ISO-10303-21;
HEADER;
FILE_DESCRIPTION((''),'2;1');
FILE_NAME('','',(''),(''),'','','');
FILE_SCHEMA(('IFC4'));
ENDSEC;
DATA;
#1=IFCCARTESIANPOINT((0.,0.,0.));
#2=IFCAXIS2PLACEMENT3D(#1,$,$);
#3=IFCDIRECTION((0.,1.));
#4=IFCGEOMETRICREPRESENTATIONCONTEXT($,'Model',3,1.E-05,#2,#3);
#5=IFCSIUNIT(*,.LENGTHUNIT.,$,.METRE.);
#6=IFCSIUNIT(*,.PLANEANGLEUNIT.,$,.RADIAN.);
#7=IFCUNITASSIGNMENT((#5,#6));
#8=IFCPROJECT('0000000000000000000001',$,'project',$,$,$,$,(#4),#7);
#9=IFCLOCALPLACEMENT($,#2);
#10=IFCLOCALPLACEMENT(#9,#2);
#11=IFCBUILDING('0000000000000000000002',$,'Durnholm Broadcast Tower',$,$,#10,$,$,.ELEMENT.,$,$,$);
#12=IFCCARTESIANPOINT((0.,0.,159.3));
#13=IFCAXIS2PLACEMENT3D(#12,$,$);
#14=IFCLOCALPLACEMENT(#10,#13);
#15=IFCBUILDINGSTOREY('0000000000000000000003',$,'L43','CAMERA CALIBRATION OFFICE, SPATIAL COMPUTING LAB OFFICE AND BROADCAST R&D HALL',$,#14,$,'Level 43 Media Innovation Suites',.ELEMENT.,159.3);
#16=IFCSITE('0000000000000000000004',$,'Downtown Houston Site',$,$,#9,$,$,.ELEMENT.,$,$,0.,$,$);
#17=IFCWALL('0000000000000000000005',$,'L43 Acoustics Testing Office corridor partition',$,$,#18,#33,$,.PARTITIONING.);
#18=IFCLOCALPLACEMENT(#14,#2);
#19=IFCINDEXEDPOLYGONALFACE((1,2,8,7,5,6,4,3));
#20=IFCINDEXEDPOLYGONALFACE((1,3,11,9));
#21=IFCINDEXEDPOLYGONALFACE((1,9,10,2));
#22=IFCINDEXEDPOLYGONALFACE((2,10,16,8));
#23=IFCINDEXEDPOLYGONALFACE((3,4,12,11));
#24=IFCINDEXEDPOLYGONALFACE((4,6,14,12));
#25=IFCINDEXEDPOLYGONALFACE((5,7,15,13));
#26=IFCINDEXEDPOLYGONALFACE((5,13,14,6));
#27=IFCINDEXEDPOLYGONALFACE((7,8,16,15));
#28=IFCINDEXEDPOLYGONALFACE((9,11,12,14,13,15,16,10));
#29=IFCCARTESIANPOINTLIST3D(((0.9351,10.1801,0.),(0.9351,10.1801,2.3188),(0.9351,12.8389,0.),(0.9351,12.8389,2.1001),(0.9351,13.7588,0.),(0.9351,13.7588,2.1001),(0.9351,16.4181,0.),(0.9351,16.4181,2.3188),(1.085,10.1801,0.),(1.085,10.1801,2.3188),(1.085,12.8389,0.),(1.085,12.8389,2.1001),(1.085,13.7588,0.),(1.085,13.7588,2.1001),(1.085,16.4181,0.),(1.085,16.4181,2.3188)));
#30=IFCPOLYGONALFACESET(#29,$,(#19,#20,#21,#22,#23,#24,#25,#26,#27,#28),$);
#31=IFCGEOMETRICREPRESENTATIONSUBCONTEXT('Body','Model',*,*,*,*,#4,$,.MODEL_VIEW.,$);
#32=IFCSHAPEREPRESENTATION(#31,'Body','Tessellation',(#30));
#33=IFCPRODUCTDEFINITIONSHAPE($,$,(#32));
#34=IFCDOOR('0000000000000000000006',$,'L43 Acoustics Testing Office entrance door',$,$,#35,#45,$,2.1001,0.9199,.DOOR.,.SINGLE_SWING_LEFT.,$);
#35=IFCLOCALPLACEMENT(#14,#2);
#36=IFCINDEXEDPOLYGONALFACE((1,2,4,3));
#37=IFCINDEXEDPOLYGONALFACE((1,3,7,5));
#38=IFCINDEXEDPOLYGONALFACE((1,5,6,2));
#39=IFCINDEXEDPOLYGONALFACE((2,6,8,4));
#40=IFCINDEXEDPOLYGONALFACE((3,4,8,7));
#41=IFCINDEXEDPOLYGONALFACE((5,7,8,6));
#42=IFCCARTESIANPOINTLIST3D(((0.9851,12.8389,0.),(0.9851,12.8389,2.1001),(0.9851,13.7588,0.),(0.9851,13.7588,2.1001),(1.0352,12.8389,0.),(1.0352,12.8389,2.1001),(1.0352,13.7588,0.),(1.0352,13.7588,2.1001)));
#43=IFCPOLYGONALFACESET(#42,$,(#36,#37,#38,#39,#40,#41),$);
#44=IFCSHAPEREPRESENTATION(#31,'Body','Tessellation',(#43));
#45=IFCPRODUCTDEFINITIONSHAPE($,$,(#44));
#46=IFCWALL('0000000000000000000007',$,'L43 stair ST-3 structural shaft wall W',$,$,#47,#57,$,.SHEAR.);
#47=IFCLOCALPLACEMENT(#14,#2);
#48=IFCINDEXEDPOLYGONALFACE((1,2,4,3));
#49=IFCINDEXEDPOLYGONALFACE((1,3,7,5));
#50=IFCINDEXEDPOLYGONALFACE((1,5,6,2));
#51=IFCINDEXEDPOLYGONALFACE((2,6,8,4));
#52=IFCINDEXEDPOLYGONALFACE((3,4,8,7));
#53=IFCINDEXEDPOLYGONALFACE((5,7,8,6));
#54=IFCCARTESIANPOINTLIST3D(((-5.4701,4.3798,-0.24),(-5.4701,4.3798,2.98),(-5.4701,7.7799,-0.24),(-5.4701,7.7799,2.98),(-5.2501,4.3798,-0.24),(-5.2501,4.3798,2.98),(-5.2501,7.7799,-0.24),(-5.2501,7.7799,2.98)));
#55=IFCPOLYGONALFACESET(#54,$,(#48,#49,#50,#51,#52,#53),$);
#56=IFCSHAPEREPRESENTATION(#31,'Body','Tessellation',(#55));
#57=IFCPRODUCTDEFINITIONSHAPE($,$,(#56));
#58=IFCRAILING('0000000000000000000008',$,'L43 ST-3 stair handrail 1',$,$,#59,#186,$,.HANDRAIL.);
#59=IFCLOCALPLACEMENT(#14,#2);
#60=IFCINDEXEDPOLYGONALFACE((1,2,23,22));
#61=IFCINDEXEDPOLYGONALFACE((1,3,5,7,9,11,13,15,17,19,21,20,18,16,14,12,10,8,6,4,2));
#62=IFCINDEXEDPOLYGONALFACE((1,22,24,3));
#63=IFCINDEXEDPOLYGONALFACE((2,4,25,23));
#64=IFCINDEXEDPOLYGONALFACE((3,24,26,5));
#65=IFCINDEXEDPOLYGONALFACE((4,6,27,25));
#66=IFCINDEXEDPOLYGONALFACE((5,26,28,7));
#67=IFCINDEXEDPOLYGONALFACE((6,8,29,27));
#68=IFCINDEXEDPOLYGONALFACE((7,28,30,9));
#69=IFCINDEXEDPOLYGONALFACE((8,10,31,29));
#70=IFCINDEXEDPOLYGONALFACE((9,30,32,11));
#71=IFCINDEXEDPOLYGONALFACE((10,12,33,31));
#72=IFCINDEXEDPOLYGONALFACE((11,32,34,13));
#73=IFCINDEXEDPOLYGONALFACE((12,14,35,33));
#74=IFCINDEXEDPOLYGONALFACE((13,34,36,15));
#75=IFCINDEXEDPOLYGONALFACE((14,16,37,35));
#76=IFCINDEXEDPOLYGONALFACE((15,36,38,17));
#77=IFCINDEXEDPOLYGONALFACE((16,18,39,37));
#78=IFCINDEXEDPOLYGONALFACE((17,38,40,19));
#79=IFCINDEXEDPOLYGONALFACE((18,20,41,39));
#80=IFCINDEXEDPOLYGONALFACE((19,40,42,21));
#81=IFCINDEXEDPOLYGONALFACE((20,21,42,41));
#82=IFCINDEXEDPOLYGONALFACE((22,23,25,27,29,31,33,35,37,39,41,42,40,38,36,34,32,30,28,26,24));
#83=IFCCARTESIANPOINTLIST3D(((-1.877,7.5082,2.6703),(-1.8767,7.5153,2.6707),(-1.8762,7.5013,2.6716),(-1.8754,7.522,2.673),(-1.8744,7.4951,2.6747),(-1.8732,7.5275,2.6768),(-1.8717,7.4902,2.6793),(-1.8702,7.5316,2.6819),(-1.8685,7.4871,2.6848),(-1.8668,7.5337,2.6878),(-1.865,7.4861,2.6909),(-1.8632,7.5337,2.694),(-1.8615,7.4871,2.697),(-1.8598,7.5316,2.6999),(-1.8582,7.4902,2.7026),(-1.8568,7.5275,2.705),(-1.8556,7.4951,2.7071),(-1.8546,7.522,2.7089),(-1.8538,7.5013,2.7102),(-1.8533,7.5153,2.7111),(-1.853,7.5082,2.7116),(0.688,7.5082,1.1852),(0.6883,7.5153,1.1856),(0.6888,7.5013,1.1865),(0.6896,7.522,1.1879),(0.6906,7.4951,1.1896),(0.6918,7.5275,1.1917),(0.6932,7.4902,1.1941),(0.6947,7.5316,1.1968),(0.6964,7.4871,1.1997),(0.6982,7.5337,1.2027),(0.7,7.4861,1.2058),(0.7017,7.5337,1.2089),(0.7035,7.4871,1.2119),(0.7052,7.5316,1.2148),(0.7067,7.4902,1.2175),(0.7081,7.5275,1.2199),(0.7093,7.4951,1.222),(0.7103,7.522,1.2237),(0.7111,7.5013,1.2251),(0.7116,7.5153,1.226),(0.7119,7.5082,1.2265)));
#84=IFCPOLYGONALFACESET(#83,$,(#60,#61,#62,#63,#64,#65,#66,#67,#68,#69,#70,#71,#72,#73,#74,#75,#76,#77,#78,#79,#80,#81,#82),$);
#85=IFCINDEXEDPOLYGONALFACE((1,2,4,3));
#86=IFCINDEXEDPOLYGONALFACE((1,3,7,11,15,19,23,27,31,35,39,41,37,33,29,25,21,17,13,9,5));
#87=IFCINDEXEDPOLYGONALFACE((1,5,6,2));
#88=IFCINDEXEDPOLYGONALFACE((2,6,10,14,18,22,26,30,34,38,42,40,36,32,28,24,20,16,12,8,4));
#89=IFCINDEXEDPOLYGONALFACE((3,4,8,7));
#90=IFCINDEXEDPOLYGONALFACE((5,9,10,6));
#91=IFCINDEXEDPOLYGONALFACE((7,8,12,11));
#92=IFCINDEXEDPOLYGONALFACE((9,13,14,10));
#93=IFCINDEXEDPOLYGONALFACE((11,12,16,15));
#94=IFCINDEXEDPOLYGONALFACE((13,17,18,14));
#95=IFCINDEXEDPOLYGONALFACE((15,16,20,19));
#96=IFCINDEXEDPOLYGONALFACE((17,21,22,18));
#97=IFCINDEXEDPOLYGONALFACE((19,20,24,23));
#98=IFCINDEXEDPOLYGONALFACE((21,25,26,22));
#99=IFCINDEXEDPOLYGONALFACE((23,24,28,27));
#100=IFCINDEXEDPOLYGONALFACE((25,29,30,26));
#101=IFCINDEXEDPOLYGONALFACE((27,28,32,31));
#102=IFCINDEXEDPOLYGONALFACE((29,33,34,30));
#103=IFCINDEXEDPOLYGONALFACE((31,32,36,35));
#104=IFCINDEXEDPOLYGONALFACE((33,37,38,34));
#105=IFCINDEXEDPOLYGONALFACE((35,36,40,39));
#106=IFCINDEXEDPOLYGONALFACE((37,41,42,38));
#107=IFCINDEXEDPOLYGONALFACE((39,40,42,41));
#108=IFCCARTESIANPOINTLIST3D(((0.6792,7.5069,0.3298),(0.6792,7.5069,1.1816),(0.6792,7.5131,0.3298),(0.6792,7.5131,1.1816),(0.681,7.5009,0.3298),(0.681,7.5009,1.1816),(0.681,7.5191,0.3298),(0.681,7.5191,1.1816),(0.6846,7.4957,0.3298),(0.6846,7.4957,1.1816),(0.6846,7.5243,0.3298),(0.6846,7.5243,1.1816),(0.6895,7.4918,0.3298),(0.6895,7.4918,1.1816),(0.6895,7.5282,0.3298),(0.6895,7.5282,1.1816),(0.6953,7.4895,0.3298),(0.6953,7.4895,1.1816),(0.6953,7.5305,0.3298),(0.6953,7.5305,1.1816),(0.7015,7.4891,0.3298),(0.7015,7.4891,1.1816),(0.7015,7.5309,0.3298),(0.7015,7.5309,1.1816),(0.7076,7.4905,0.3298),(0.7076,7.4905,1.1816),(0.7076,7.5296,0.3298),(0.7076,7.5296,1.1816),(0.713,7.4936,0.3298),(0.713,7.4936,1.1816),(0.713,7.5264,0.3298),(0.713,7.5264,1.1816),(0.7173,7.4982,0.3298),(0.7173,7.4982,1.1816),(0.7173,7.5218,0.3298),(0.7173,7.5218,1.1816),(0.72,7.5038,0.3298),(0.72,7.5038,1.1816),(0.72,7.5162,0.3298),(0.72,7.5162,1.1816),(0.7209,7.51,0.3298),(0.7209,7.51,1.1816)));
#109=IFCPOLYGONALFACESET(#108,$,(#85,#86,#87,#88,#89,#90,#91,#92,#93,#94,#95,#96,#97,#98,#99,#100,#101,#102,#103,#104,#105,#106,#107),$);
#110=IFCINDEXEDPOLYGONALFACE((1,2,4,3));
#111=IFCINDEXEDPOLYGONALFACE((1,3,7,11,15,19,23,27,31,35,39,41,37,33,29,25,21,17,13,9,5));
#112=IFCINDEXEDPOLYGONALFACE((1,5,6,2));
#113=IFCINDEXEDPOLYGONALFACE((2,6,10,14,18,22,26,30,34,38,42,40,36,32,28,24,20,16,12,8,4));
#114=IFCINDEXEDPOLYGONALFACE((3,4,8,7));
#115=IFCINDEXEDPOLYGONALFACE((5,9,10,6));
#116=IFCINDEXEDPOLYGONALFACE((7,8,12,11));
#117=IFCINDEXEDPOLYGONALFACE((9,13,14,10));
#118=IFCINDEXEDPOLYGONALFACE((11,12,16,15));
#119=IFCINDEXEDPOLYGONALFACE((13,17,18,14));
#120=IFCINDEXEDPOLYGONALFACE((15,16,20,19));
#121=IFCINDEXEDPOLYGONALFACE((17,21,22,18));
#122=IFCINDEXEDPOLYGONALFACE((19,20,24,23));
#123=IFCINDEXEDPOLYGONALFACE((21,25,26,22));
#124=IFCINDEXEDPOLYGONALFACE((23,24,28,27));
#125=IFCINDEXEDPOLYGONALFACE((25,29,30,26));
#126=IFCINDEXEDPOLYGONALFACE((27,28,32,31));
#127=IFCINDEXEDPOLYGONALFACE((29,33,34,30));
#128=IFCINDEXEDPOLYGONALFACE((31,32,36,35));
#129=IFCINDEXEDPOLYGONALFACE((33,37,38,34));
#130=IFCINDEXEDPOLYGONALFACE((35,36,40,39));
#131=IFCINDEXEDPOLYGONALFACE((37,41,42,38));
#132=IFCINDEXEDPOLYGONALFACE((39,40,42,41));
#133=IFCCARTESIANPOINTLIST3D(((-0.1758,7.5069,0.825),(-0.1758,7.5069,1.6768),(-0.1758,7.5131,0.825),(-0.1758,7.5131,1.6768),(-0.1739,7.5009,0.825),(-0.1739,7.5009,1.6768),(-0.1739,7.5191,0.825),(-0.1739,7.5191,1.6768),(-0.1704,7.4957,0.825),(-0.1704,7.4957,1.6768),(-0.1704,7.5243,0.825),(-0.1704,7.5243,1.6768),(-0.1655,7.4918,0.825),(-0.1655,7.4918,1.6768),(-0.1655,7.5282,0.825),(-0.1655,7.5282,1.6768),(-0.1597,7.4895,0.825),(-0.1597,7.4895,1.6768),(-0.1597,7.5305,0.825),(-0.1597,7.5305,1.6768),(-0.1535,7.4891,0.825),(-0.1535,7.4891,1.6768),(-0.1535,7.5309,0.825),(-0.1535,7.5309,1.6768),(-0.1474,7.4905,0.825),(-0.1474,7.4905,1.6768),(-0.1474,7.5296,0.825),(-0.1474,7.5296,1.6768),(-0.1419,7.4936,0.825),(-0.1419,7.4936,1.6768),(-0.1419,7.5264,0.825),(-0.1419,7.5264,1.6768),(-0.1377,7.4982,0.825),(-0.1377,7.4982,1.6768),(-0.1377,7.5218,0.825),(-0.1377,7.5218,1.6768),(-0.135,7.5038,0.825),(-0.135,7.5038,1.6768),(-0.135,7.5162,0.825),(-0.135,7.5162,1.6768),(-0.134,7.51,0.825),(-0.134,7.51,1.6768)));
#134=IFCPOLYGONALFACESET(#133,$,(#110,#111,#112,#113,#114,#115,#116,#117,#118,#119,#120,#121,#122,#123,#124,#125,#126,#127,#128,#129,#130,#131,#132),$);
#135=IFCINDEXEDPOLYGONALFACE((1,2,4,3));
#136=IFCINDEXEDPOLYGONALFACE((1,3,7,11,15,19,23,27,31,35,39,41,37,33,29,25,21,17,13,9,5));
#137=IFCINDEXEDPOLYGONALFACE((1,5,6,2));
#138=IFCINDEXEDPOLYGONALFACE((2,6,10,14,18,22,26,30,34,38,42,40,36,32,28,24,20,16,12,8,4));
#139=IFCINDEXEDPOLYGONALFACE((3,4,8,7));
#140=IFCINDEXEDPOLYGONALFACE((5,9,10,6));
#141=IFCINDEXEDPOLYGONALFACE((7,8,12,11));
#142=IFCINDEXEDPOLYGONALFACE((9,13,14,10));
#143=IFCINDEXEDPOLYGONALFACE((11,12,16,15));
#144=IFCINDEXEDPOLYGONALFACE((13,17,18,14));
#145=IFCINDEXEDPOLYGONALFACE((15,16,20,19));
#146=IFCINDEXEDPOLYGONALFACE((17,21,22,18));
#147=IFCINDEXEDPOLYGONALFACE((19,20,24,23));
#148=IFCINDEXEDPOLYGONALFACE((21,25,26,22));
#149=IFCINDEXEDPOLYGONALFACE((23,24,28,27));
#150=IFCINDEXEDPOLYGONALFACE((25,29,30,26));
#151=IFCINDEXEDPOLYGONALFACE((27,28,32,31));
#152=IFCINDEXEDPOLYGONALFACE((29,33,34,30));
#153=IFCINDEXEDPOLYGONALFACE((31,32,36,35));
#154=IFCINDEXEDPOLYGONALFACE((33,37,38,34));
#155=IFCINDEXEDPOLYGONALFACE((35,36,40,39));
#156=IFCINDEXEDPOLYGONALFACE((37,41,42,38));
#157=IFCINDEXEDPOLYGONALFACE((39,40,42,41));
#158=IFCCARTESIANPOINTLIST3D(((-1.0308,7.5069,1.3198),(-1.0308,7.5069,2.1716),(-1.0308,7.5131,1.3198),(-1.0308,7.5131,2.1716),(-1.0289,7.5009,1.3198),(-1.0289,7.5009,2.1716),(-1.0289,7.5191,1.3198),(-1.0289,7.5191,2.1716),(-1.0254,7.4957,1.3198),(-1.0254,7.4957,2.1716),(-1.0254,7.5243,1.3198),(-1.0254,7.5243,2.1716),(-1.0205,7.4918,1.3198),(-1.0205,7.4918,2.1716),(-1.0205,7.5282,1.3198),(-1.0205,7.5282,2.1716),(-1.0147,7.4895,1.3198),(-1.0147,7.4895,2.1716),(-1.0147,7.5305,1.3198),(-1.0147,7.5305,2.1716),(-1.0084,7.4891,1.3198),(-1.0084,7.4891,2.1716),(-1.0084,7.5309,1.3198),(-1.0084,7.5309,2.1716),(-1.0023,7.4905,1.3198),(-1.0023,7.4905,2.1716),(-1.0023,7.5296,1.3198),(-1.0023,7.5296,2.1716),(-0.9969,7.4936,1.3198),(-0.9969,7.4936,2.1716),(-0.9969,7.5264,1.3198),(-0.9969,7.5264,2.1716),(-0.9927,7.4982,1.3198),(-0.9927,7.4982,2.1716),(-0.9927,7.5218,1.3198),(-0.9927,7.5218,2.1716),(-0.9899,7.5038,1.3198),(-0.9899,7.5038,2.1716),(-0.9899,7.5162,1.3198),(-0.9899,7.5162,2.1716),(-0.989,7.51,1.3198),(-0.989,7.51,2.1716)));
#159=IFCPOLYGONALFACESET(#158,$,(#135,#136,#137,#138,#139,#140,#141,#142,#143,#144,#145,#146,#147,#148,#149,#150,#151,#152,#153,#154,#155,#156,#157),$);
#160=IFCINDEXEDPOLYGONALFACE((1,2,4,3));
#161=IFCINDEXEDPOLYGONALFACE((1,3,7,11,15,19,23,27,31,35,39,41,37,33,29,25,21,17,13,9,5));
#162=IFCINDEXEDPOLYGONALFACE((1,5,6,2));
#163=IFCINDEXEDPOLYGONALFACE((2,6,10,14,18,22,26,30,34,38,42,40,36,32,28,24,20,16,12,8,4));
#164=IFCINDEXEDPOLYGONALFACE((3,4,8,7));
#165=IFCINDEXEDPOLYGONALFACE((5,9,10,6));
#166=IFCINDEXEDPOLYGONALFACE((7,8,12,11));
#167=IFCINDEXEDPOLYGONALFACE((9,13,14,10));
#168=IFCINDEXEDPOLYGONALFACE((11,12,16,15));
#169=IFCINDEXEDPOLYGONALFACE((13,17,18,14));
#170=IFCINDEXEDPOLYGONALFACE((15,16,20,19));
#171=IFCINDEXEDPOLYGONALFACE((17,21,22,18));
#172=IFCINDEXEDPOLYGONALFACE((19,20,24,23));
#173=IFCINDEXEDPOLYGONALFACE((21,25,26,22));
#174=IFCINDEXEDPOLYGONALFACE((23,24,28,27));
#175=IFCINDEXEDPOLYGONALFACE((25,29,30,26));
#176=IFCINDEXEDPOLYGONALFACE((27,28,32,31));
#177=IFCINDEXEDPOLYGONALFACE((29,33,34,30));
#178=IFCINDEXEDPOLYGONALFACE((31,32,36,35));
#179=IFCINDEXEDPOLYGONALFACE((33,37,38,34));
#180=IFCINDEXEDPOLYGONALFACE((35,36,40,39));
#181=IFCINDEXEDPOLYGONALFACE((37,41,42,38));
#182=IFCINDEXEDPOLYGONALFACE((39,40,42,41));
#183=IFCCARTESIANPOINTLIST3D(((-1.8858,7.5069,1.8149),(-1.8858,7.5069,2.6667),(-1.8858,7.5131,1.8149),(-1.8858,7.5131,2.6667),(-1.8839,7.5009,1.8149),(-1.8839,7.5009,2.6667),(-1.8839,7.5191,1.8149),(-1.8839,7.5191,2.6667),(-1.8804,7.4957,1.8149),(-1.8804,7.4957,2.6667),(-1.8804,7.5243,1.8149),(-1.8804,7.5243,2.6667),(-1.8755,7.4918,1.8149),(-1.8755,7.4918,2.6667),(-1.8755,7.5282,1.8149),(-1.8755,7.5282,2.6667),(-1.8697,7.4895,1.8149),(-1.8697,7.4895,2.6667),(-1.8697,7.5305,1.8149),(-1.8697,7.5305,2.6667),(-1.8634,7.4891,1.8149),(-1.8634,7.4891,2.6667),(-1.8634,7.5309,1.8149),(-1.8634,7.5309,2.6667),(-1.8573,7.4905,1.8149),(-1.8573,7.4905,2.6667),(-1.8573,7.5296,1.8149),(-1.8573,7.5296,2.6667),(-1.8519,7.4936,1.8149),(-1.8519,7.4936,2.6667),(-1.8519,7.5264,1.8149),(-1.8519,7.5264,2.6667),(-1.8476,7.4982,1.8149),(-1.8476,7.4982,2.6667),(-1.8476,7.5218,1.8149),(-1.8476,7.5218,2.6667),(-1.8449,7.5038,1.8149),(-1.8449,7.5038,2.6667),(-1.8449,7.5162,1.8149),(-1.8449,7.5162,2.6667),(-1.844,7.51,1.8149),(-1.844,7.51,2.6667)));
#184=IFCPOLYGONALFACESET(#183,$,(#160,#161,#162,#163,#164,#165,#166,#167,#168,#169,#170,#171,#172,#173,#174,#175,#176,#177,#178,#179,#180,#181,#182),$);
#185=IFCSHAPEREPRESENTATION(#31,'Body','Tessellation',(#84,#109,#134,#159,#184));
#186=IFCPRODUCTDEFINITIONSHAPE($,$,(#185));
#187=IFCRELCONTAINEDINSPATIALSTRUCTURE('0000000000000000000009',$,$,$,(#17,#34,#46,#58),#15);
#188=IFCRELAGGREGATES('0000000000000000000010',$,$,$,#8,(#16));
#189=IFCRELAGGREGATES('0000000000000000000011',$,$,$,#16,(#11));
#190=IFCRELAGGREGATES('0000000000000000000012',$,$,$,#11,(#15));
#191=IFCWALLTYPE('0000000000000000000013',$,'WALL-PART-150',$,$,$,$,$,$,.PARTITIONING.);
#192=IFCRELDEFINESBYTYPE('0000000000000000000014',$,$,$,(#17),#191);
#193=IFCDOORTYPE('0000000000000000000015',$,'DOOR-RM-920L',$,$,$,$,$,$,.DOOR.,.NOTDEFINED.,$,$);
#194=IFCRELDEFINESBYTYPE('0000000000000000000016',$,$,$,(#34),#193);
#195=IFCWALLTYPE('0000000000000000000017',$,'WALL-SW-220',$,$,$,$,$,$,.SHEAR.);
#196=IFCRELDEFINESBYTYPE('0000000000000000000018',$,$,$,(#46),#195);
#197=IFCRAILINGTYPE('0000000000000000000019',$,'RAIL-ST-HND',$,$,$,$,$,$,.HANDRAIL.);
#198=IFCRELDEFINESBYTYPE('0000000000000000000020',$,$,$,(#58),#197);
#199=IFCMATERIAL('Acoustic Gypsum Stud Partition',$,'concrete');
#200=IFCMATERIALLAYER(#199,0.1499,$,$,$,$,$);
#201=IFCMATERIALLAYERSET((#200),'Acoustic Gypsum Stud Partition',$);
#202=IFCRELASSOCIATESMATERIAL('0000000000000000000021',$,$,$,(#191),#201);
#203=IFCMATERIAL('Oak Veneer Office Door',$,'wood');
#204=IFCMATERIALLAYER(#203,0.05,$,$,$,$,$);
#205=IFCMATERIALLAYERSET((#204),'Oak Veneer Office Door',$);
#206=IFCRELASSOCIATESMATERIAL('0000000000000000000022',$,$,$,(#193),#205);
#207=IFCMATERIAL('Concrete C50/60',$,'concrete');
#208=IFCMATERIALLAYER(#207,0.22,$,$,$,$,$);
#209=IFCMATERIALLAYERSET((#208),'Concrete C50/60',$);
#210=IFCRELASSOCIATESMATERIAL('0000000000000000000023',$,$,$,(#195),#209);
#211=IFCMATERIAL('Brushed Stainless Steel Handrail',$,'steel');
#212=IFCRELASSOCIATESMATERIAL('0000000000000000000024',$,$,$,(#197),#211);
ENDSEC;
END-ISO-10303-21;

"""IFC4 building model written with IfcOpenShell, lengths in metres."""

from ifc_helpers import new_model, si_unit, direction, frame, frame_2d, origin, origin_2d, place, context, subcontext, project, spatial, rectangle, circle, extrude, source, transform, mapped, material, layer, layer_set, type_object, type_shapes, element, fill, save


model = new_model("IFC4")

# Units and contexts
model_context = context("Model", 3, precision=1e-05, world=origin(), true_north=direction((0.0, 1.0)))
body_context = subcontext(model_context, "Body", "Model", "MODEL_VIEW")
ifc_project = project(units=[si_unit("LENGTHUNIT", "METRE"), si_unit("PLANEANGLEUNIT", "RADIAN")], contexts=[model_context])

# Site, building, storey
site_placement = place(None, origin())
site = spatial("IfcSite", under=ifc_project, at=site_placement, Name="Downtown Houston Site", CompositionType="ELEMENT", RefElevation=0.0)
building_placement = place(site_placement, origin())
building = spatial("IfcBuilding", under=site, at=building_placement, Name="Durnholm Broadcast Tower", CompositionType="ELEMENT")
storey_placement = place(building_placement, frame((0.0, 0.0, 159.3)))
storey = spatial("IfcBuildingStorey", under=building, at=storey_placement, Name="L43", Description="CAMERA CALIBRATION OFFICE, SPATIAL COMPUTING LAB OFFICE AND BROADCAST R&D HALL", LongName="Level 43 Media Innovation Suites", CompositionType="ELEMENT", Elevation=159.3)

# Shared definitions
ifc_material_1 = material(Name="Acoustic Gypsum Stud Partition", Category="concrete")
ifc_layer_1 = layer(ifc_material_1, 0.1499)
ifc_layer_set_1 = layer_set([ifc_layer_1], Name="Acoustic Gypsum Stud Partition")
wall_type_1 = type_object("IfcWallType", Name="WALL-PART-150", PredefinedType="PARTITIONING", material=ifc_layer_set_1)

# Wall, opening, door
wall_1_placement = place(storey_placement, frame((1.01, 10.1799, 0.0), z_axis=(0.0, 0.0, 1.0), x_axis=(0.0, 1.0, 0.0)))
wall_1 = element("IfcWall", 1, at=wall_1_placement, inside=storey, type_object=wall_type_1, Name="L43 Acoustics Testing Office corridor partition", PredefinedType="PARTITIONING", context=body_context, shape_type="SweptSolid", body=[
    extrude(rectangle(XDim=6.238, YDim=0.1499, at=frame_2d((3.1191, 0.0))), origin(), (0.0, 0.0, 1.0), 2.3188),
])
opening_1_placement = place(wall_1_placement, frame((2.6589, 0.0, 0.0)))
opening_1 = element("IfcOpeningElement", 2, at=opening_1_placement, cuts=wall_1, PredefinedType="OPENING", context=body_context, shape_type="SweptSolid", body=[
    extrude(rectangle(XDim=0.9199, YDim=2.1001, at=frame_2d((0.46, 1.05))), frame((0.0, 0.085, 0.0), z_axis=(0.0, -1.0, 0.0), x_axis=(1.0, 0.0, 0.0)), (0.0, 0.0, 1.0), 0.1699),
])
ifc_material_2 = material(Name="Oak Veneer Office Door", Category="wood")
ifc_layer_2 = layer(ifc_material_2, 0.05)
ifc_layer_set_2 = layer_set([ifc_layer_2], Name="Oak Veneer Office Door")
door_type_1 = type_object("IfcDoorType", Name="DOOR-RM-920L", OperationType="NOTDEFINED", PredefinedType="DOOR", material=ifc_layer_set_2)
shared_shape_1 = source(origin(), body_context, "Body", "SweptSolid", [
    extrude(rectangle(XDim=0.9199, YDim=2.1001, at=frame_2d((0.46, 1.05))), frame((0.0, 0.0249, 0.0), z_axis=(0.0, -1.0, 0.0), x_axis=(1.0, 0.0, 0.0)), (0.0, 0.0, 1.0), 0.05),
])
type_shapes(door_type_1, [shared_shape_1])
door_1_placement = place(opening_1_placement, origin())
door_1 = element("IfcDoor", 3, at=door_1_placement, inside=storey, type_object=door_type_1, Name="L43 Acoustics Testing Office entrance door", OperationType="SINGLE_SWING_LEFT", OverallHeight=2.1001, OverallWidth=0.9199, PredefinedType="DOOR", context=body_context, shape_type="MappedRepresentation", body=[
    mapped(shared_shape_1, transform((0.0, 0.0, 0.0), x_axis=(1.0, 0.0, 0.0), y_axis=(0.0, 1.0, 0.0), z_axis=(0.0, 0.0, 1.0), scale=1.0)),
])
fill(opening_1, door_1)

# Wall
ifc_material_3 = material(Name="Concrete C50/60", Category="concrete")
ifc_layer_3 = layer(ifc_material_3, 0.22)
ifc_layer_set_3 = layer_set([ifc_layer_3], Name="Concrete C50/60")
wall_type_2 = type_object("IfcWallType", Name="WALL-SW-220", PredefinedType="SHEAR", material=ifc_layer_set_3)
wall_2_placement = place(storey_placement, frame((-5.3601, 7.78, -0.24), z_axis=(0.0, 0.0, 1.0), x_axis=(0.0, -1.0, 0.0)))
element("IfcWall", 4, at=wall_2_placement, inside=storey, type_object=wall_type_2, Name="L43 stair ST-3 structural shaft wall W", PredefinedType="SHEAR", context=body_context, shape_type="SweptSolid", body=[
    extrude(rectangle(XDim=3.4001, YDim=0.22, at=frame_2d((1.7002, 0.0))), origin(), (0.0, 0.0, 1.0), 3.22),
])

# Railing
ifc_material_4 = material(Name="Brushed Stainless Steel Handrail", Category="steel")
railing_type = type_object("IfcRailingType", Name="RAIL-ST-HND", PredefinedType="HANDRAIL", material=ifc_material_4)
railing_placement = place(storey_placement, frame((0.7, 7.51, 0.3298)))
element("IfcRailing", 5, at=railing_placement, inside=storey, type_object=railing_type, Name="L43 ST-3 stair handrail 1", PredefinedType="HANDRAIL", context=body_context, shape_type="SweptSolid", body=[
    extrude(circle(Radius=0.0239, at=origin_2d()), frame((0.0, 0.0, 0.876), z_axis=(-0.865406, 0.0, 0.501072), x_axis=(0.0, -1.0, 0.0)), (0.0, 0.0, 1.0), 2.9639),
    extrude(circle(Radius=0.021, at=origin_2d()), origin(), (0.0, 0.0, 1.0), 0.8518),
    extrude(circle(Radius=0.021, at=origin_2d()), frame((-0.855, 0.0, 0.4951)), (0.0, 0.0, 1.0), 0.8518),
    extrude(circle(Radius=0.021, at=origin_2d()), frame((-1.71, 0.0, 0.99)), (0.0, 0.0, 1.0), 0.8518),
    extrude(circle(Radius=0.021, at=origin_2d()), frame((-2.5649, 0.0, 1.4851)), (0.0, 0.0, 1.0), 0.8518),
])

save(model, "model.ifc")
